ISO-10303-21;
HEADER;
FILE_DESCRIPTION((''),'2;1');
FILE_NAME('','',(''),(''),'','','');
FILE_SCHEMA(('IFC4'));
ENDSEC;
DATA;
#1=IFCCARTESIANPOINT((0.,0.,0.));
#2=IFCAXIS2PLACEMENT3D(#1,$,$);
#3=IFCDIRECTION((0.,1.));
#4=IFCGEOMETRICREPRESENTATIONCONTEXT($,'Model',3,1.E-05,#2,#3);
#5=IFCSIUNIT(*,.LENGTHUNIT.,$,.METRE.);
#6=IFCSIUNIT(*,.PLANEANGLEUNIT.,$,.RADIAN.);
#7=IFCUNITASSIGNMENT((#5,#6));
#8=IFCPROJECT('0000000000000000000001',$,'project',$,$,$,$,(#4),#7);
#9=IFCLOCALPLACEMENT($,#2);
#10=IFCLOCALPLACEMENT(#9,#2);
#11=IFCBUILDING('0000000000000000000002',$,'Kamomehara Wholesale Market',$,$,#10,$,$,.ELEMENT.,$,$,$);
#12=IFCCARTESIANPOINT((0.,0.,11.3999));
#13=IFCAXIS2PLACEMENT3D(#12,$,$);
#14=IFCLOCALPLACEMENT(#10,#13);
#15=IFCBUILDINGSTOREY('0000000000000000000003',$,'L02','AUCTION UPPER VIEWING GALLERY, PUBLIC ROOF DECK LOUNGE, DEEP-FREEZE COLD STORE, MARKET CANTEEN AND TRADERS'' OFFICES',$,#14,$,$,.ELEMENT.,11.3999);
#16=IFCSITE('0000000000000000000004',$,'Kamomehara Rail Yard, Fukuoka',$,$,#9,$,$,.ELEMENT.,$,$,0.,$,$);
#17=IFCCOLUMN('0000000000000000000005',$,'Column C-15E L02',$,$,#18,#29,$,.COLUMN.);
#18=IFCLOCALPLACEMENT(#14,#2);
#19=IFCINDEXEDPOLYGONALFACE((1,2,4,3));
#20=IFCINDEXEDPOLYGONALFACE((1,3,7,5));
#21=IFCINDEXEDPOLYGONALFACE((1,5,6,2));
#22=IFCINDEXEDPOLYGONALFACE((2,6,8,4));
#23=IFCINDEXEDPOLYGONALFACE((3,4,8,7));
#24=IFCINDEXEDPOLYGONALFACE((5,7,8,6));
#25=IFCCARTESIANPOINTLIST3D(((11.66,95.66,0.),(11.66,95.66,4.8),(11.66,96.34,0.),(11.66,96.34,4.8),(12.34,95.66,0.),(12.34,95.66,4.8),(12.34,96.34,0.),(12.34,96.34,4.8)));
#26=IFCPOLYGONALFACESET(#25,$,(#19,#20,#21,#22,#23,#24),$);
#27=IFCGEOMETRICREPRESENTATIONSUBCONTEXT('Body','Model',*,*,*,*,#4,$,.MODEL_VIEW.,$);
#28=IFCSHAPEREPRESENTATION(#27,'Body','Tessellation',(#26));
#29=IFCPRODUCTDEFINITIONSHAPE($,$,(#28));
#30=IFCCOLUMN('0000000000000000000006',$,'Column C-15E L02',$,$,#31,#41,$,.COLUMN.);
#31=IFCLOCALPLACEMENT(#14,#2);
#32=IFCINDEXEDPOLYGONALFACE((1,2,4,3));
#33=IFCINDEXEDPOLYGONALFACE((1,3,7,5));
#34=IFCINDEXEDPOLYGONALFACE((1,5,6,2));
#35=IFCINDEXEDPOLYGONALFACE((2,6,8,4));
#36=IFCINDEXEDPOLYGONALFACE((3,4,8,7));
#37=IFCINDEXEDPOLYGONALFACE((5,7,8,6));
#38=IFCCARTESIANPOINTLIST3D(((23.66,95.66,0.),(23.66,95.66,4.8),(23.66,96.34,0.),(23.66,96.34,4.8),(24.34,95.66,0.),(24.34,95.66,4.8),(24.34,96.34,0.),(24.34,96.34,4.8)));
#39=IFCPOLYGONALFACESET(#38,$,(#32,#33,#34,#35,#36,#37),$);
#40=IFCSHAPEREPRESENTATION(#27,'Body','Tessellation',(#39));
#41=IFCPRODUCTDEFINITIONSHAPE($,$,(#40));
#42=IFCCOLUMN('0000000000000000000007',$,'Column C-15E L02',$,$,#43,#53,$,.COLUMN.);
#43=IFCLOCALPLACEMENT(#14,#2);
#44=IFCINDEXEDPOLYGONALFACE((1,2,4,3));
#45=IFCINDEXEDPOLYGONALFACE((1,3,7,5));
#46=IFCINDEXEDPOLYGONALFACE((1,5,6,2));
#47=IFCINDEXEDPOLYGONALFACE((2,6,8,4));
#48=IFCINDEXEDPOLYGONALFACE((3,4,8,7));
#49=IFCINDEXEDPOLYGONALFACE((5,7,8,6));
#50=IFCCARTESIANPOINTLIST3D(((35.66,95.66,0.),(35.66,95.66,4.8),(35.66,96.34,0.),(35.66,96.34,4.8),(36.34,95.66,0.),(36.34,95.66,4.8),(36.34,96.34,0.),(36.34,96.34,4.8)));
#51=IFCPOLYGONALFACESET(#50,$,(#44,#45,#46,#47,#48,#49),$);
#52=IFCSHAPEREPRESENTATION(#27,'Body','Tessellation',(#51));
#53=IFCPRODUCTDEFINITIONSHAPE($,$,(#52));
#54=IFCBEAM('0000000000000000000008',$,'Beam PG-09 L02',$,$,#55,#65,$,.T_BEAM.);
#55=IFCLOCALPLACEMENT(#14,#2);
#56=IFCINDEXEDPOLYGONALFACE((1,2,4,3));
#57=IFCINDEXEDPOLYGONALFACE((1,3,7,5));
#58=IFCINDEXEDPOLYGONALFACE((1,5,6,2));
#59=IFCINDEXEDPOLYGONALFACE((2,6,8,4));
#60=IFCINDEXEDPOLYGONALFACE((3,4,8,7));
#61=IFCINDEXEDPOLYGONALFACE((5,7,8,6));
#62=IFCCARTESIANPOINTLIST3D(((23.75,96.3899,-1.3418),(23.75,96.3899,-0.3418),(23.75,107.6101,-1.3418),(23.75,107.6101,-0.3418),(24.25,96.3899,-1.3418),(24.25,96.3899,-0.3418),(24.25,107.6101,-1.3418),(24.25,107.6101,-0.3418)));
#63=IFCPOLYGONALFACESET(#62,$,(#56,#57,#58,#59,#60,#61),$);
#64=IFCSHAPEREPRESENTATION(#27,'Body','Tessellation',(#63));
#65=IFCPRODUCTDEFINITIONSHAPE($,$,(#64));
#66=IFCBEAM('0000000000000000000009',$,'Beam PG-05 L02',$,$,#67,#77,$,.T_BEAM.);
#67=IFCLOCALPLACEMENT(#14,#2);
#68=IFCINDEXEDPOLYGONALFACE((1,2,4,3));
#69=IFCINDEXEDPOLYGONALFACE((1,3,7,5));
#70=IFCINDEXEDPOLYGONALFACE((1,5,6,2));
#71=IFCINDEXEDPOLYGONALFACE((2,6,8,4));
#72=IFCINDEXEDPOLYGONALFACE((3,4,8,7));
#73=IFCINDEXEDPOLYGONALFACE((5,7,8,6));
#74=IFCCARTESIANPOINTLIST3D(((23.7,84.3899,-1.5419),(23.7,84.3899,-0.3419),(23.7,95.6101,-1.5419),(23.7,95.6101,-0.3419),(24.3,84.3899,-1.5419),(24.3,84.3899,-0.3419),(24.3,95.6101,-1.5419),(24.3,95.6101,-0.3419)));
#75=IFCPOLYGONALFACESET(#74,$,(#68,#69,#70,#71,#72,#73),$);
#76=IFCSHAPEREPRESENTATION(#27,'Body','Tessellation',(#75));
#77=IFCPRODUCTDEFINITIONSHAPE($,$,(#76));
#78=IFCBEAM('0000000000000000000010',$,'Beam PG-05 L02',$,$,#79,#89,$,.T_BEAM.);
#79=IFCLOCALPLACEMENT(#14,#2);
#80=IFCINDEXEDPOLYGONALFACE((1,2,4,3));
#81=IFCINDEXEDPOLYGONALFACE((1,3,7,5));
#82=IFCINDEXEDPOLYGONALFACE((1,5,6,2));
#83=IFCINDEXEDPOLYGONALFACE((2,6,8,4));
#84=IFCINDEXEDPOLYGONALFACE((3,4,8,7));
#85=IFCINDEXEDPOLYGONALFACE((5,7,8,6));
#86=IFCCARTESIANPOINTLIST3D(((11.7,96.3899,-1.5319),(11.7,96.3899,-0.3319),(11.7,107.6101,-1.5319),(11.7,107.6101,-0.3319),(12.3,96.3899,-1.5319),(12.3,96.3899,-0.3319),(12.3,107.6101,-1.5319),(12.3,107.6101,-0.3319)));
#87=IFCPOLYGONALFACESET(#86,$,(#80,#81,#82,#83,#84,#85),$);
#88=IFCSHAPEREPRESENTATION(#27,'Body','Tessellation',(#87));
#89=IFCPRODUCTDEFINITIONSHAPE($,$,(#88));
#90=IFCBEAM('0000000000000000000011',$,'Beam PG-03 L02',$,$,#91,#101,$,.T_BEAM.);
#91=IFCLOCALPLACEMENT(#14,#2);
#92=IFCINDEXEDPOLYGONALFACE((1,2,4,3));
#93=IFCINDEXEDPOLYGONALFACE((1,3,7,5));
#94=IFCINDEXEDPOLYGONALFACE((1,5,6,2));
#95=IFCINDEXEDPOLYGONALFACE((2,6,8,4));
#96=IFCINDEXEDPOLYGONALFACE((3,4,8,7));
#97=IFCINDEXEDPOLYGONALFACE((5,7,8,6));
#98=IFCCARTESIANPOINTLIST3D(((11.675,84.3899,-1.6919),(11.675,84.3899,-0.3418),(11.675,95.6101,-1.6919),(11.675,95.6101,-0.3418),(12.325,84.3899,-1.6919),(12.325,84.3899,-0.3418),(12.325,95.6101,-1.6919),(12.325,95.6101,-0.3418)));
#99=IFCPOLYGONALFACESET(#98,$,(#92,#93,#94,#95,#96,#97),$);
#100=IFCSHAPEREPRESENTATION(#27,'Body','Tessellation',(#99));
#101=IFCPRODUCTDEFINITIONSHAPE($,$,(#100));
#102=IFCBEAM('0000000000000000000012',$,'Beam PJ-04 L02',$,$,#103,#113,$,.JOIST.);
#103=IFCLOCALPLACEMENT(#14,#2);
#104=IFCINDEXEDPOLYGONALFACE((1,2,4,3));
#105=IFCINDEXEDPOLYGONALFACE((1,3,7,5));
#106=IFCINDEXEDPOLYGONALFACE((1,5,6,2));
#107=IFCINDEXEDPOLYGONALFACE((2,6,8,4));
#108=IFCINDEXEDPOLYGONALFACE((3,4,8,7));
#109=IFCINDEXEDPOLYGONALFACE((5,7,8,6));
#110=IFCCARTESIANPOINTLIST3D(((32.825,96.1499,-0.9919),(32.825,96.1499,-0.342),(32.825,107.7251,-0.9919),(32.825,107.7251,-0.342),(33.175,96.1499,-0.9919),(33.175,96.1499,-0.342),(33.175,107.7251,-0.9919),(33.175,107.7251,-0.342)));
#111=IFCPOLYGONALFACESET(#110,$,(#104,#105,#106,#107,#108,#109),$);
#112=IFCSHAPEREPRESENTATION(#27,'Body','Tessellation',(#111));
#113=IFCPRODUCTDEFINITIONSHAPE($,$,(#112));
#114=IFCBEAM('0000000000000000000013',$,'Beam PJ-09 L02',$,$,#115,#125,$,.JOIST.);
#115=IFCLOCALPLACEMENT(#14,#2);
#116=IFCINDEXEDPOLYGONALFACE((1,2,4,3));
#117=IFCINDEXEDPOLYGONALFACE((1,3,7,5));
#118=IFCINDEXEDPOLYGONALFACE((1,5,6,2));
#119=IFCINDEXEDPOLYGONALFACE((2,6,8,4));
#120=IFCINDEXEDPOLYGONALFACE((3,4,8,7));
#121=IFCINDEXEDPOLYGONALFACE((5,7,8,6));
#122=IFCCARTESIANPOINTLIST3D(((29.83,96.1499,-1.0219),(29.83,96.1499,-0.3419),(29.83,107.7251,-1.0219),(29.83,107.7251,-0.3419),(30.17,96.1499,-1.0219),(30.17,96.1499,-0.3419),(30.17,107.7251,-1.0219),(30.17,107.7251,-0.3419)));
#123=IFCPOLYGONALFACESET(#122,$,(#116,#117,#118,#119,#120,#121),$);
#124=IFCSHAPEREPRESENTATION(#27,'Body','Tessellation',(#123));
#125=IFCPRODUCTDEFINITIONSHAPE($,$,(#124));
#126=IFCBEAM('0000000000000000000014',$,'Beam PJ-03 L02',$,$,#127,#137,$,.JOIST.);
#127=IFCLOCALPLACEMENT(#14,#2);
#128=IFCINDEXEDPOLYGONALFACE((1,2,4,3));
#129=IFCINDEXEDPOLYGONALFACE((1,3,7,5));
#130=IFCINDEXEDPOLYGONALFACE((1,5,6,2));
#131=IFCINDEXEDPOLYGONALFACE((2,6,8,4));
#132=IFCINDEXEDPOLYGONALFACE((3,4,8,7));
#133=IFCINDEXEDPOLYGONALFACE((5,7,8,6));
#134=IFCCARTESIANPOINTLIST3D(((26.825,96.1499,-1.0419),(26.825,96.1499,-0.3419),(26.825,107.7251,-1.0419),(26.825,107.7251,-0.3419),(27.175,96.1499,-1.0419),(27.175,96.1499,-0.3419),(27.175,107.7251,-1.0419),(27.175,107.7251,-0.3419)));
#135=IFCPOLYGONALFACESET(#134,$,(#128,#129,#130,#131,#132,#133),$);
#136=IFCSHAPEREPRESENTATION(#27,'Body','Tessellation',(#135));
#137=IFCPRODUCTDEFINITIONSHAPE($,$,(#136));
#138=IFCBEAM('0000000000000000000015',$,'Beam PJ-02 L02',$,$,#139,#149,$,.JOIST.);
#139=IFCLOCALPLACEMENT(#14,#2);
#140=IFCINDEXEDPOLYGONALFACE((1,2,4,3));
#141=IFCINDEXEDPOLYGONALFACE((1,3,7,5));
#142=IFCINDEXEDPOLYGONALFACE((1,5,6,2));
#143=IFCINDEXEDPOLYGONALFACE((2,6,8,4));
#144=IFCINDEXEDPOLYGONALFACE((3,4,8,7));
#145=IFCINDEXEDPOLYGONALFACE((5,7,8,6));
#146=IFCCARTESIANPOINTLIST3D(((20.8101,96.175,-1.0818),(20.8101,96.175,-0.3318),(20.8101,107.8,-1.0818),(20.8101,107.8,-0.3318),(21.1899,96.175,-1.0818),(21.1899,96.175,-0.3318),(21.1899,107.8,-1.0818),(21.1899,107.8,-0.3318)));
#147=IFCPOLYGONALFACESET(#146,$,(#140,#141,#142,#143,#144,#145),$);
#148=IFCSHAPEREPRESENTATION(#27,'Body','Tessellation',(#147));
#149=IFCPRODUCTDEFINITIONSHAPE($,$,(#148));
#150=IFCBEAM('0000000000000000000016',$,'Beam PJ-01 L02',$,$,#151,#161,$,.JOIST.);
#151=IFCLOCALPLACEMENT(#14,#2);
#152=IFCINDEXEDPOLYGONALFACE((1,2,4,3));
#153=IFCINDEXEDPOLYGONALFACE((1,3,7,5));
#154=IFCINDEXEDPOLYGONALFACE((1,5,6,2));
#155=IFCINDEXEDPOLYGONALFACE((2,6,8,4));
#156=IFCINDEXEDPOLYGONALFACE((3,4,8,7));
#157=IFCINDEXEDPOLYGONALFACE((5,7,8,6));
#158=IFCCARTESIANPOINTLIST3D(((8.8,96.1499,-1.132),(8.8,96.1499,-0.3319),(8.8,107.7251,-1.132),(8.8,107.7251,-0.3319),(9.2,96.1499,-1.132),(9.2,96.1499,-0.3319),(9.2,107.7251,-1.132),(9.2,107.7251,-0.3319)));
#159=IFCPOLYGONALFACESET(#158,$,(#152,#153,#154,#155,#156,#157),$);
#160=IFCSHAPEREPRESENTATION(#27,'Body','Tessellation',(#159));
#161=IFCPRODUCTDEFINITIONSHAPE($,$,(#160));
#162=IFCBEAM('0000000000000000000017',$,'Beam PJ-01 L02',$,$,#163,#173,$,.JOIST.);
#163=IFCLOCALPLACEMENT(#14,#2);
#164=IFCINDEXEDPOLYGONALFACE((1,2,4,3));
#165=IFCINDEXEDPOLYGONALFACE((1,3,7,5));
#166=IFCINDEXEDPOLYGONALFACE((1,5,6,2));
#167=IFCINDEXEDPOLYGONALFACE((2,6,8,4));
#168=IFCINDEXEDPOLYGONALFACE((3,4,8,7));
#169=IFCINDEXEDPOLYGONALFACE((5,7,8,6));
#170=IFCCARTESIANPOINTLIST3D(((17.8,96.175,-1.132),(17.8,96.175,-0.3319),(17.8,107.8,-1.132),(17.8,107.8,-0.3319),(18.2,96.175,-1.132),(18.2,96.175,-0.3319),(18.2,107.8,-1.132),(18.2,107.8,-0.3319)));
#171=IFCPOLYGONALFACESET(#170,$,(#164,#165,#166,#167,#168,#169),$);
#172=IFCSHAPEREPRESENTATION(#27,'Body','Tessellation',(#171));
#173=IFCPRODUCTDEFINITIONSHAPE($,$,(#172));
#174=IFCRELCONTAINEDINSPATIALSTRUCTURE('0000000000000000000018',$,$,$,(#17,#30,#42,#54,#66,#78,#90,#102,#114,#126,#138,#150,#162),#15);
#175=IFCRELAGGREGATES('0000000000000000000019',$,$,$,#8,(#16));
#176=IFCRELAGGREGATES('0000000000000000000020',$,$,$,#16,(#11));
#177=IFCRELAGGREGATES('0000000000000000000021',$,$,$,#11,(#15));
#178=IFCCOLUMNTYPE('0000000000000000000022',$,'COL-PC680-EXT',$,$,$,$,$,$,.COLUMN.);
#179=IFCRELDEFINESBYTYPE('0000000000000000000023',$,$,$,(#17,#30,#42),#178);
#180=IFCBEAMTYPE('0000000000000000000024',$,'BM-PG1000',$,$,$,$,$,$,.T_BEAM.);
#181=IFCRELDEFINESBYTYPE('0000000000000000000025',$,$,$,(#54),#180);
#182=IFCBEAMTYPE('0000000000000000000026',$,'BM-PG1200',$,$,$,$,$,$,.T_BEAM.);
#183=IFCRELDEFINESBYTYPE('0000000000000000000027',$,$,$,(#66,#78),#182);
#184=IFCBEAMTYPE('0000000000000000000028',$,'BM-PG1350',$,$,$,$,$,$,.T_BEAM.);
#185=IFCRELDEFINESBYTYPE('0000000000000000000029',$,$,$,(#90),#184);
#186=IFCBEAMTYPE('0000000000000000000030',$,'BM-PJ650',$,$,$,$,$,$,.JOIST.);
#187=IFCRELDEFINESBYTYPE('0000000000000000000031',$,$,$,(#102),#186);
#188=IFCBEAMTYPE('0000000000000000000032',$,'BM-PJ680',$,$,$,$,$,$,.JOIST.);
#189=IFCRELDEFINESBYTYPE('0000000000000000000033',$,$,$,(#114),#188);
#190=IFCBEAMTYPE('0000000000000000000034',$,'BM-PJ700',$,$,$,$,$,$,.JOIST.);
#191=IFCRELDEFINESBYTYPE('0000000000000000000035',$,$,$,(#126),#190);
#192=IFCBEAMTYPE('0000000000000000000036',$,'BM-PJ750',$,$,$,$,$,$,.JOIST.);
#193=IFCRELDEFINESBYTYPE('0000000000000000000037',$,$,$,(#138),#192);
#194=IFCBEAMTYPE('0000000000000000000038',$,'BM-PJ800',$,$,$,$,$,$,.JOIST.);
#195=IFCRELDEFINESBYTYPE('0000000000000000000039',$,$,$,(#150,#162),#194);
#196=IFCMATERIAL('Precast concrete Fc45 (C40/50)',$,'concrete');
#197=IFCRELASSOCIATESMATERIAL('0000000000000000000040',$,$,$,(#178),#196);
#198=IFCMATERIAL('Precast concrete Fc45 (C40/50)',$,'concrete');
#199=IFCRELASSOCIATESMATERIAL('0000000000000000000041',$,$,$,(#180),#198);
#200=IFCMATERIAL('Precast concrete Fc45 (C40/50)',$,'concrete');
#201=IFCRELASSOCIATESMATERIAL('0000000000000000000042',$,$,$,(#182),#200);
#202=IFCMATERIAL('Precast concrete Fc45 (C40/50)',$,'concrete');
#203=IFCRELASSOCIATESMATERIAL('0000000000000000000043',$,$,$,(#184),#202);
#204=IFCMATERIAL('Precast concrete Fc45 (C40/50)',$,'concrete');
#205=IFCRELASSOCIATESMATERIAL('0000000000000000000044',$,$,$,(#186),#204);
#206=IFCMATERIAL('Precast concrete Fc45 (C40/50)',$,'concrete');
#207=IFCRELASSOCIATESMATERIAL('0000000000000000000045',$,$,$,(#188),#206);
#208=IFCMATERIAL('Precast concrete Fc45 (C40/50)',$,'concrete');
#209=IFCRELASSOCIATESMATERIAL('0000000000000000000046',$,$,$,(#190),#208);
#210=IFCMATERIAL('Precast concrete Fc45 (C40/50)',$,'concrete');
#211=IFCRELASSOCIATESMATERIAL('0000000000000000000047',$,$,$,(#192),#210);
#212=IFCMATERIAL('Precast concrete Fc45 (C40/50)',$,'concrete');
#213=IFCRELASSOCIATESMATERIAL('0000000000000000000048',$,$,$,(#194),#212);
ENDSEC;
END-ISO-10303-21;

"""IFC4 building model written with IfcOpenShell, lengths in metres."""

from ifc_helpers import new_model, si_unit, direction, frame, origin, origin_2d, place, context, subcontext, project, spatial, rectangle, extrude, material, material_profile, profile_set, type_object, element, save


model = new_model("IFC4")

# Units and contexts
model_context = context("Model", 3, precision=1e-05, world=origin(), true_north=direction((0.0, 1.0)))
body_context = subcontext(model_context, "Body", "Model", "MODEL_VIEW")
ifc_project = project(units=[si_unit("LENGTHUNIT", "METRE"), si_unit("PLANEANGLEUNIT", "RADIAN")], contexts=[model_context])

# Site, building, storey
site_placement = place(None, origin())
site = spatial("IfcSite", under=ifc_project, at=site_placement, Name="Kamomehara Rail Yard, Fukuoka", CompositionType="ELEMENT", RefElevation=0.0)
building_placement = place(site_placement, origin())
building = spatial("IfcBuilding", under=site, at=building_placement, Name="Kamomehara Wholesale Market", CompositionType="ELEMENT")
storey_placement = place(building_placement, frame((0.0, 0.0, 11.3999)))
storey = spatial("IfcBuildingStorey", under=building, at=storey_placement, Name="L02", Description="AUCTION UPPER VIEWING GALLERY, PUBLIC ROOF DECK LOUNGE, DEEP-FREEZE COLD STORE, MARKET CANTEEN AND TRADERS' OFFICES", CompositionType="ELEMENT", Elevation=11.3999)

# Columns
ifc_material_1 = material(Name="Precast concrete Fc45 (C40/50)", Category="concrete")
ifc_material_profile_1 = material_profile(ifc_material_1, rectangle(XDim=0.6799, YDim=0.6799, at=origin_2d()), Name="PC-COL-680x680")
ifc_profile_set_1 = profile_set([ifc_material_profile_1], Name="Precast concrete Fc45 (C40/50)")
column_type = type_object("IfcColumnType", Name="COL-PC680-EXT", PredefinedType="COLUMN", material=ifc_profile_set_1)
for number, where, z_axis, x_axis, name in (
    (1, (12.0, 96.0, 0.0), (0.0, 0.0, 1.0), (1.0, 0.0, 0.0), "Column C-15E L02"),
    (2, (24.0, 96.0, 0.0), (0.0, 0.0, 1.0), (1.0, 0.0, 0.0), "Column C-15E L02"),
    (3, (36.0, 96.0, 0.0), (0.0, 0.0, 1.0), (1.0, 0.0, 0.0), "Column C-15E L02"),
):
    element("IfcColumn", number, at=place(storey_placement, frame(where, z_axis=z_axis, x_axis=x_axis)), inside=storey, type_object=column_type, Name=name, PredefinedType="COLUMN", context=body_context, shape_type="SweptSolid", body=[
        extrude(rectangle(XDim=0.6799, YDim=0.6799, at=origin_2d()), origin(), (0.0, 0.0, 1.0), 4.8),
    ])

# Beams
ifc_material_2 = material(Name="Precast concrete Fc45 (C40/50)", Category="concrete")
ifc_material_profile_2 = material_profile(ifc_material_2, rectangle(XDim=0.5, YDim=1.0, at=origin_2d()), Name="PC-GRD-500x1000")
ifc_profile_set_2 = profile_set([ifc_material_profile_2], Name="Precast concrete Fc45 (C40/50)")
beam_type_1 = type_object("IfcBeamType", Name="BM-PG1000", PredefinedType="T_BEAM", material=ifc_profile_set_2)
beam_1_placement = place(storey_placement, frame((24.0, 96.3899, -0.8418), z_axis=(0.0, 1.0, 0.0), x_axis=(-1.0, 0.0, 0.0)))
element("IfcBeam", 4, at=beam_1_placement, inside=storey, type_object=beam_type_1, Name="Beam PG-09 L02", PredefinedType="T_BEAM", context=body_context, shape_type="SweptSolid", body=[
    extrude(rectangle(XDim=0.5, YDim=1.0, at=origin_2d()), origin(), (0.0, 0.0, 1.0), 11.2202),
])
ifc_material_3 = material(Name="Precast concrete Fc45 (C40/50)", Category="concrete")
ifc_material_profile_3 = material_profile(ifc_material_3, rectangle(XDim=0.6001, YDim=1.2, at=origin_2d()), Name="PC-GRD-600x1200")
ifc_profile_set_3 = profile_set([ifc_material_profile_3], Name="Precast concrete Fc45 (C40/50)")
beam_type_2 = type_object("IfcBeamType", Name="BM-PG1200", PredefinedType="T_BEAM", material=ifc_profile_set_3)
for number, where, z_axis, x_axis, name in (
    (5, (24.0, 84.3899, -0.9419), (0.0, 1.0, 0.0), (-1.0, 0.0, 0.0), "Beam PG-05 L02"),
    (6, (12.0, 96.3899, -0.9319), (0.0, 1.0, 0.0), (-1.0, 0.0, 0.0), "Beam PG-05 L02"),
):
    element("IfcBeam", number, at=place(storey_placement, frame(where, z_axis=z_axis, x_axis=x_axis)), inside=storey, type_object=beam_type_2, Name=name, PredefinedType="T_BEAM", context=body_context, shape_type="SweptSolid", body=[
        extrude(rectangle(XDim=0.6001, YDim=1.2, at=origin_2d()), origin(), (0.0, 0.0, 1.0), 11.2202),
    ])
ifc_material_4 = material(Name="Precast concrete Fc45 (C40/50)", Category="concrete")
ifc_material_profile_4 = material_profile(ifc_material_4, rectangle(XDim=0.6499, YDim=1.3501, at=origin_2d()), Name="PC-GRD-650x1350")
ifc_profile_set_4 = profile_set([ifc_material_profile_4], Name="Precast concrete Fc45 (C40/50)")
beam_type_3 = type_object("IfcBeamType", Name="BM-PG1350", PredefinedType="T_BEAM", material=ifc_profile_set_4)
beam_2_placement = place(storey_placement, frame((12.0, 84.3899, -1.0168), z_axis=(0.0, 1.0, 0.0), x_axis=(-1.0, 0.0, 0.0)))
element("IfcBeam", 7, at=beam_2_placement, inside=storey, type_object=beam_type_3, Name="Beam PG-03 L02", PredefinedType="T_BEAM", context=body_context, shape_type="SweptSolid", body=[
    extrude(rectangle(XDim=0.6499, YDim=1.3501, at=origin_2d()), origin(), (0.0, 0.0, 1.0), 11.2202),
])
ifc_material_5 = material(Name="Precast concrete Fc45 (C40/50)", Category="concrete")
ifc_material_profile_5 = material_profile(ifc_material_5, rectangle(XDim=0.3501, YDim=0.6499, at=origin_2d()), Name="PC-JST-350x650")
ifc_profile_set_5 = profile_set([ifc_material_profile_5], Name="Precast concrete Fc45 (C40/50)")
beam_type_4 = type_object("IfcBeamType", Name="BM-PJ650", PredefinedType="JOIST", material=ifc_profile_set_5)
beam_3_placement = place(storey_placement, frame((33.0, 96.1499, -0.667), z_axis=(0.0, 1.0, 0.0), x_axis=(-1.0, 0.0, 0.0)))
element("IfcBeam", 8, at=beam_3_placement, inside=storey, type_object=beam_type_4, Name="Beam PJ-04 L02", PredefinedType="JOIST", context=body_context, shape_type="SweptSolid", body=[
    extrude(rectangle(XDim=0.3501, YDim=0.6499, at=origin_2d()), origin(), (0.0, 0.0, 1.0), 11.5752),
])
ifc_material_6 = material(Name="Precast concrete Fc45 (C40/50)", Category="concrete")
ifc_material_profile_6 = material_profile(ifc_material_6, rectangle(XDim=0.3401, YDim=0.6799, at=origin_2d()), Name="PC-JST-340x680")
ifc_profile_set_6 = profile_set([ifc_material_profile_6], Name="Precast concrete Fc45 (C40/50)")
beam_type_5 = type_object("IfcBeamType", Name="BM-PJ680", PredefinedType="JOIST", material=ifc_profile_set_6)
beam_4_placement = place(storey_placement, frame((30.0, 96.1499, -0.6819), z_axis=(0.0, 1.0, 0.0), x_axis=(-1.0, 0.0, 0.0)))
element("IfcBeam", 9, at=beam_4_placement, inside=storey, type_object=beam_type_5, Name="Beam PJ-09 L02", PredefinedType="JOIST", context=body_context, shape_type="SweptSolid", body=[
    extrude(rectangle(XDim=0.3401, YDim=0.6799, at=origin_2d()), origin(), (0.0, 0.0, 1.0), 11.5752),
])
ifc_material_7 = material(Name="Precast concrete Fc45 (C40/50)", Category="concrete")
ifc_material_profile_7 = material_profile(ifc_material_7, rectangle(XDim=0.3501, YDim=0.7, at=origin_2d()), Name="PC-JST-350x700")
ifc_profile_set_7 = profile_set([ifc_material_profile_7], Name="Precast concrete Fc45 (C40/50)")
beam_type_6 = type_object("IfcBeamType", Name="BM-PJ700", PredefinedType="JOIST", material=ifc_profile_set_7)
beam_5_placement = place(storey_placement, frame((27.0, 96.1499, -0.6919), z_axis=(0.0, 1.0, 0.0), x_axis=(-1.0, 0.0, 0.0)))
element("IfcBeam", 10, at=beam_5_placement, inside=storey, type_object=beam_type_6, Name="Beam PJ-03 L02", PredefinedType="JOIST", context=body_context, shape_type="SweptSolid", body=[
    extrude(rectangle(XDim=0.3501, YDim=0.7, at=origin_2d()), origin(), (0.0, 0.0, 1.0), 11.5752),
])
ifc_material_8 = material(Name="Precast concrete Fc45 (C40/50)", Category="concrete")
ifc_material_profile_8 = material_profile(ifc_material_8, rectangle(XDim=0.3799, YDim=0.75, at=origin_2d()), Name="PC-JST-380x750")
ifc_profile_set_8 = profile_set([ifc_material_profile_8], Name="Precast concrete Fc45 (C40/50)")
beam_type_7 = type_object("IfcBeamType", Name="BM-PJ750", PredefinedType="JOIST", material=ifc_profile_set_8)
beam_6_placement = place(storey_placement, frame((21.0, 96.175, -0.7068), z_axis=(0.0, 1.0, 0.0), x_axis=(-1.0, 0.0, 0.0)))
element("IfcBeam", 11, at=beam_6_placement, inside=storey, type_object=beam_type_7, Name="Beam PJ-02 L02", PredefinedType="JOIST", context=body_context, shape_type="SweptSolid", body=[
    extrude(rectangle(XDim=0.3799, YDim=0.75, at=origin_2d()), origin(), (0.0, 0.0, 1.0), 11.625),
])
ifc_material_9 = material(Name="Precast concrete Fc45 (C40/50)", Category="concrete")
ifc_material_profile_9 = material_profile(ifc_material_9, rectangle(XDim=0.3999, YDim=0.8, at=origin_2d()), Name="PC-JST-400x800")
ifc_profile_set_9 = profile_set([ifc_material_profile_9], Name="Precast concrete Fc45 (C40/50)")
beam_type_8 = type_object("IfcBeamType", Name="BM-PJ800", PredefinedType="JOIST", material=ifc_profile_set_9)
beam_7_placement = place(storey_placement, frame((9.0, 96.1499, -0.7319), z_axis=(0.0, 1.0, 0.0), x_axis=(-1.0, 0.0, 0.0)))
element("IfcBeam", 12, at=beam_7_placement, inside=storey, type_object=beam_type_8, Name="Beam PJ-01 L02", PredefinedType="JOIST", context=body_context, shape_type="SweptSolid", body=[
    extrude(rectangle(XDim=0.3999, YDim=0.8, at=origin_2d()), origin(), (0.0, 0.0, 1.0), 11.5752),
])
beam_8_placement = place(storey_placement, frame((18.0, 96.175, -0.7319), z_axis=(0.0, 1.0, 0.0), x_axis=(-1.0, 0.0, 0.0)))
element("IfcBeam", 13, at=beam_8_placement, inside=storey, type_object=beam_type_8, Name="Beam PJ-01 L02", PredefinedType="JOIST", context=body_context, shape_type="SweptSolid", body=[
    extrude(rectangle(XDim=0.3999, YDim=0.8, at=origin_2d()), origin(), (0.0, 0.0, 1.0), 11.625),
])

save(model, "model.ifc")
